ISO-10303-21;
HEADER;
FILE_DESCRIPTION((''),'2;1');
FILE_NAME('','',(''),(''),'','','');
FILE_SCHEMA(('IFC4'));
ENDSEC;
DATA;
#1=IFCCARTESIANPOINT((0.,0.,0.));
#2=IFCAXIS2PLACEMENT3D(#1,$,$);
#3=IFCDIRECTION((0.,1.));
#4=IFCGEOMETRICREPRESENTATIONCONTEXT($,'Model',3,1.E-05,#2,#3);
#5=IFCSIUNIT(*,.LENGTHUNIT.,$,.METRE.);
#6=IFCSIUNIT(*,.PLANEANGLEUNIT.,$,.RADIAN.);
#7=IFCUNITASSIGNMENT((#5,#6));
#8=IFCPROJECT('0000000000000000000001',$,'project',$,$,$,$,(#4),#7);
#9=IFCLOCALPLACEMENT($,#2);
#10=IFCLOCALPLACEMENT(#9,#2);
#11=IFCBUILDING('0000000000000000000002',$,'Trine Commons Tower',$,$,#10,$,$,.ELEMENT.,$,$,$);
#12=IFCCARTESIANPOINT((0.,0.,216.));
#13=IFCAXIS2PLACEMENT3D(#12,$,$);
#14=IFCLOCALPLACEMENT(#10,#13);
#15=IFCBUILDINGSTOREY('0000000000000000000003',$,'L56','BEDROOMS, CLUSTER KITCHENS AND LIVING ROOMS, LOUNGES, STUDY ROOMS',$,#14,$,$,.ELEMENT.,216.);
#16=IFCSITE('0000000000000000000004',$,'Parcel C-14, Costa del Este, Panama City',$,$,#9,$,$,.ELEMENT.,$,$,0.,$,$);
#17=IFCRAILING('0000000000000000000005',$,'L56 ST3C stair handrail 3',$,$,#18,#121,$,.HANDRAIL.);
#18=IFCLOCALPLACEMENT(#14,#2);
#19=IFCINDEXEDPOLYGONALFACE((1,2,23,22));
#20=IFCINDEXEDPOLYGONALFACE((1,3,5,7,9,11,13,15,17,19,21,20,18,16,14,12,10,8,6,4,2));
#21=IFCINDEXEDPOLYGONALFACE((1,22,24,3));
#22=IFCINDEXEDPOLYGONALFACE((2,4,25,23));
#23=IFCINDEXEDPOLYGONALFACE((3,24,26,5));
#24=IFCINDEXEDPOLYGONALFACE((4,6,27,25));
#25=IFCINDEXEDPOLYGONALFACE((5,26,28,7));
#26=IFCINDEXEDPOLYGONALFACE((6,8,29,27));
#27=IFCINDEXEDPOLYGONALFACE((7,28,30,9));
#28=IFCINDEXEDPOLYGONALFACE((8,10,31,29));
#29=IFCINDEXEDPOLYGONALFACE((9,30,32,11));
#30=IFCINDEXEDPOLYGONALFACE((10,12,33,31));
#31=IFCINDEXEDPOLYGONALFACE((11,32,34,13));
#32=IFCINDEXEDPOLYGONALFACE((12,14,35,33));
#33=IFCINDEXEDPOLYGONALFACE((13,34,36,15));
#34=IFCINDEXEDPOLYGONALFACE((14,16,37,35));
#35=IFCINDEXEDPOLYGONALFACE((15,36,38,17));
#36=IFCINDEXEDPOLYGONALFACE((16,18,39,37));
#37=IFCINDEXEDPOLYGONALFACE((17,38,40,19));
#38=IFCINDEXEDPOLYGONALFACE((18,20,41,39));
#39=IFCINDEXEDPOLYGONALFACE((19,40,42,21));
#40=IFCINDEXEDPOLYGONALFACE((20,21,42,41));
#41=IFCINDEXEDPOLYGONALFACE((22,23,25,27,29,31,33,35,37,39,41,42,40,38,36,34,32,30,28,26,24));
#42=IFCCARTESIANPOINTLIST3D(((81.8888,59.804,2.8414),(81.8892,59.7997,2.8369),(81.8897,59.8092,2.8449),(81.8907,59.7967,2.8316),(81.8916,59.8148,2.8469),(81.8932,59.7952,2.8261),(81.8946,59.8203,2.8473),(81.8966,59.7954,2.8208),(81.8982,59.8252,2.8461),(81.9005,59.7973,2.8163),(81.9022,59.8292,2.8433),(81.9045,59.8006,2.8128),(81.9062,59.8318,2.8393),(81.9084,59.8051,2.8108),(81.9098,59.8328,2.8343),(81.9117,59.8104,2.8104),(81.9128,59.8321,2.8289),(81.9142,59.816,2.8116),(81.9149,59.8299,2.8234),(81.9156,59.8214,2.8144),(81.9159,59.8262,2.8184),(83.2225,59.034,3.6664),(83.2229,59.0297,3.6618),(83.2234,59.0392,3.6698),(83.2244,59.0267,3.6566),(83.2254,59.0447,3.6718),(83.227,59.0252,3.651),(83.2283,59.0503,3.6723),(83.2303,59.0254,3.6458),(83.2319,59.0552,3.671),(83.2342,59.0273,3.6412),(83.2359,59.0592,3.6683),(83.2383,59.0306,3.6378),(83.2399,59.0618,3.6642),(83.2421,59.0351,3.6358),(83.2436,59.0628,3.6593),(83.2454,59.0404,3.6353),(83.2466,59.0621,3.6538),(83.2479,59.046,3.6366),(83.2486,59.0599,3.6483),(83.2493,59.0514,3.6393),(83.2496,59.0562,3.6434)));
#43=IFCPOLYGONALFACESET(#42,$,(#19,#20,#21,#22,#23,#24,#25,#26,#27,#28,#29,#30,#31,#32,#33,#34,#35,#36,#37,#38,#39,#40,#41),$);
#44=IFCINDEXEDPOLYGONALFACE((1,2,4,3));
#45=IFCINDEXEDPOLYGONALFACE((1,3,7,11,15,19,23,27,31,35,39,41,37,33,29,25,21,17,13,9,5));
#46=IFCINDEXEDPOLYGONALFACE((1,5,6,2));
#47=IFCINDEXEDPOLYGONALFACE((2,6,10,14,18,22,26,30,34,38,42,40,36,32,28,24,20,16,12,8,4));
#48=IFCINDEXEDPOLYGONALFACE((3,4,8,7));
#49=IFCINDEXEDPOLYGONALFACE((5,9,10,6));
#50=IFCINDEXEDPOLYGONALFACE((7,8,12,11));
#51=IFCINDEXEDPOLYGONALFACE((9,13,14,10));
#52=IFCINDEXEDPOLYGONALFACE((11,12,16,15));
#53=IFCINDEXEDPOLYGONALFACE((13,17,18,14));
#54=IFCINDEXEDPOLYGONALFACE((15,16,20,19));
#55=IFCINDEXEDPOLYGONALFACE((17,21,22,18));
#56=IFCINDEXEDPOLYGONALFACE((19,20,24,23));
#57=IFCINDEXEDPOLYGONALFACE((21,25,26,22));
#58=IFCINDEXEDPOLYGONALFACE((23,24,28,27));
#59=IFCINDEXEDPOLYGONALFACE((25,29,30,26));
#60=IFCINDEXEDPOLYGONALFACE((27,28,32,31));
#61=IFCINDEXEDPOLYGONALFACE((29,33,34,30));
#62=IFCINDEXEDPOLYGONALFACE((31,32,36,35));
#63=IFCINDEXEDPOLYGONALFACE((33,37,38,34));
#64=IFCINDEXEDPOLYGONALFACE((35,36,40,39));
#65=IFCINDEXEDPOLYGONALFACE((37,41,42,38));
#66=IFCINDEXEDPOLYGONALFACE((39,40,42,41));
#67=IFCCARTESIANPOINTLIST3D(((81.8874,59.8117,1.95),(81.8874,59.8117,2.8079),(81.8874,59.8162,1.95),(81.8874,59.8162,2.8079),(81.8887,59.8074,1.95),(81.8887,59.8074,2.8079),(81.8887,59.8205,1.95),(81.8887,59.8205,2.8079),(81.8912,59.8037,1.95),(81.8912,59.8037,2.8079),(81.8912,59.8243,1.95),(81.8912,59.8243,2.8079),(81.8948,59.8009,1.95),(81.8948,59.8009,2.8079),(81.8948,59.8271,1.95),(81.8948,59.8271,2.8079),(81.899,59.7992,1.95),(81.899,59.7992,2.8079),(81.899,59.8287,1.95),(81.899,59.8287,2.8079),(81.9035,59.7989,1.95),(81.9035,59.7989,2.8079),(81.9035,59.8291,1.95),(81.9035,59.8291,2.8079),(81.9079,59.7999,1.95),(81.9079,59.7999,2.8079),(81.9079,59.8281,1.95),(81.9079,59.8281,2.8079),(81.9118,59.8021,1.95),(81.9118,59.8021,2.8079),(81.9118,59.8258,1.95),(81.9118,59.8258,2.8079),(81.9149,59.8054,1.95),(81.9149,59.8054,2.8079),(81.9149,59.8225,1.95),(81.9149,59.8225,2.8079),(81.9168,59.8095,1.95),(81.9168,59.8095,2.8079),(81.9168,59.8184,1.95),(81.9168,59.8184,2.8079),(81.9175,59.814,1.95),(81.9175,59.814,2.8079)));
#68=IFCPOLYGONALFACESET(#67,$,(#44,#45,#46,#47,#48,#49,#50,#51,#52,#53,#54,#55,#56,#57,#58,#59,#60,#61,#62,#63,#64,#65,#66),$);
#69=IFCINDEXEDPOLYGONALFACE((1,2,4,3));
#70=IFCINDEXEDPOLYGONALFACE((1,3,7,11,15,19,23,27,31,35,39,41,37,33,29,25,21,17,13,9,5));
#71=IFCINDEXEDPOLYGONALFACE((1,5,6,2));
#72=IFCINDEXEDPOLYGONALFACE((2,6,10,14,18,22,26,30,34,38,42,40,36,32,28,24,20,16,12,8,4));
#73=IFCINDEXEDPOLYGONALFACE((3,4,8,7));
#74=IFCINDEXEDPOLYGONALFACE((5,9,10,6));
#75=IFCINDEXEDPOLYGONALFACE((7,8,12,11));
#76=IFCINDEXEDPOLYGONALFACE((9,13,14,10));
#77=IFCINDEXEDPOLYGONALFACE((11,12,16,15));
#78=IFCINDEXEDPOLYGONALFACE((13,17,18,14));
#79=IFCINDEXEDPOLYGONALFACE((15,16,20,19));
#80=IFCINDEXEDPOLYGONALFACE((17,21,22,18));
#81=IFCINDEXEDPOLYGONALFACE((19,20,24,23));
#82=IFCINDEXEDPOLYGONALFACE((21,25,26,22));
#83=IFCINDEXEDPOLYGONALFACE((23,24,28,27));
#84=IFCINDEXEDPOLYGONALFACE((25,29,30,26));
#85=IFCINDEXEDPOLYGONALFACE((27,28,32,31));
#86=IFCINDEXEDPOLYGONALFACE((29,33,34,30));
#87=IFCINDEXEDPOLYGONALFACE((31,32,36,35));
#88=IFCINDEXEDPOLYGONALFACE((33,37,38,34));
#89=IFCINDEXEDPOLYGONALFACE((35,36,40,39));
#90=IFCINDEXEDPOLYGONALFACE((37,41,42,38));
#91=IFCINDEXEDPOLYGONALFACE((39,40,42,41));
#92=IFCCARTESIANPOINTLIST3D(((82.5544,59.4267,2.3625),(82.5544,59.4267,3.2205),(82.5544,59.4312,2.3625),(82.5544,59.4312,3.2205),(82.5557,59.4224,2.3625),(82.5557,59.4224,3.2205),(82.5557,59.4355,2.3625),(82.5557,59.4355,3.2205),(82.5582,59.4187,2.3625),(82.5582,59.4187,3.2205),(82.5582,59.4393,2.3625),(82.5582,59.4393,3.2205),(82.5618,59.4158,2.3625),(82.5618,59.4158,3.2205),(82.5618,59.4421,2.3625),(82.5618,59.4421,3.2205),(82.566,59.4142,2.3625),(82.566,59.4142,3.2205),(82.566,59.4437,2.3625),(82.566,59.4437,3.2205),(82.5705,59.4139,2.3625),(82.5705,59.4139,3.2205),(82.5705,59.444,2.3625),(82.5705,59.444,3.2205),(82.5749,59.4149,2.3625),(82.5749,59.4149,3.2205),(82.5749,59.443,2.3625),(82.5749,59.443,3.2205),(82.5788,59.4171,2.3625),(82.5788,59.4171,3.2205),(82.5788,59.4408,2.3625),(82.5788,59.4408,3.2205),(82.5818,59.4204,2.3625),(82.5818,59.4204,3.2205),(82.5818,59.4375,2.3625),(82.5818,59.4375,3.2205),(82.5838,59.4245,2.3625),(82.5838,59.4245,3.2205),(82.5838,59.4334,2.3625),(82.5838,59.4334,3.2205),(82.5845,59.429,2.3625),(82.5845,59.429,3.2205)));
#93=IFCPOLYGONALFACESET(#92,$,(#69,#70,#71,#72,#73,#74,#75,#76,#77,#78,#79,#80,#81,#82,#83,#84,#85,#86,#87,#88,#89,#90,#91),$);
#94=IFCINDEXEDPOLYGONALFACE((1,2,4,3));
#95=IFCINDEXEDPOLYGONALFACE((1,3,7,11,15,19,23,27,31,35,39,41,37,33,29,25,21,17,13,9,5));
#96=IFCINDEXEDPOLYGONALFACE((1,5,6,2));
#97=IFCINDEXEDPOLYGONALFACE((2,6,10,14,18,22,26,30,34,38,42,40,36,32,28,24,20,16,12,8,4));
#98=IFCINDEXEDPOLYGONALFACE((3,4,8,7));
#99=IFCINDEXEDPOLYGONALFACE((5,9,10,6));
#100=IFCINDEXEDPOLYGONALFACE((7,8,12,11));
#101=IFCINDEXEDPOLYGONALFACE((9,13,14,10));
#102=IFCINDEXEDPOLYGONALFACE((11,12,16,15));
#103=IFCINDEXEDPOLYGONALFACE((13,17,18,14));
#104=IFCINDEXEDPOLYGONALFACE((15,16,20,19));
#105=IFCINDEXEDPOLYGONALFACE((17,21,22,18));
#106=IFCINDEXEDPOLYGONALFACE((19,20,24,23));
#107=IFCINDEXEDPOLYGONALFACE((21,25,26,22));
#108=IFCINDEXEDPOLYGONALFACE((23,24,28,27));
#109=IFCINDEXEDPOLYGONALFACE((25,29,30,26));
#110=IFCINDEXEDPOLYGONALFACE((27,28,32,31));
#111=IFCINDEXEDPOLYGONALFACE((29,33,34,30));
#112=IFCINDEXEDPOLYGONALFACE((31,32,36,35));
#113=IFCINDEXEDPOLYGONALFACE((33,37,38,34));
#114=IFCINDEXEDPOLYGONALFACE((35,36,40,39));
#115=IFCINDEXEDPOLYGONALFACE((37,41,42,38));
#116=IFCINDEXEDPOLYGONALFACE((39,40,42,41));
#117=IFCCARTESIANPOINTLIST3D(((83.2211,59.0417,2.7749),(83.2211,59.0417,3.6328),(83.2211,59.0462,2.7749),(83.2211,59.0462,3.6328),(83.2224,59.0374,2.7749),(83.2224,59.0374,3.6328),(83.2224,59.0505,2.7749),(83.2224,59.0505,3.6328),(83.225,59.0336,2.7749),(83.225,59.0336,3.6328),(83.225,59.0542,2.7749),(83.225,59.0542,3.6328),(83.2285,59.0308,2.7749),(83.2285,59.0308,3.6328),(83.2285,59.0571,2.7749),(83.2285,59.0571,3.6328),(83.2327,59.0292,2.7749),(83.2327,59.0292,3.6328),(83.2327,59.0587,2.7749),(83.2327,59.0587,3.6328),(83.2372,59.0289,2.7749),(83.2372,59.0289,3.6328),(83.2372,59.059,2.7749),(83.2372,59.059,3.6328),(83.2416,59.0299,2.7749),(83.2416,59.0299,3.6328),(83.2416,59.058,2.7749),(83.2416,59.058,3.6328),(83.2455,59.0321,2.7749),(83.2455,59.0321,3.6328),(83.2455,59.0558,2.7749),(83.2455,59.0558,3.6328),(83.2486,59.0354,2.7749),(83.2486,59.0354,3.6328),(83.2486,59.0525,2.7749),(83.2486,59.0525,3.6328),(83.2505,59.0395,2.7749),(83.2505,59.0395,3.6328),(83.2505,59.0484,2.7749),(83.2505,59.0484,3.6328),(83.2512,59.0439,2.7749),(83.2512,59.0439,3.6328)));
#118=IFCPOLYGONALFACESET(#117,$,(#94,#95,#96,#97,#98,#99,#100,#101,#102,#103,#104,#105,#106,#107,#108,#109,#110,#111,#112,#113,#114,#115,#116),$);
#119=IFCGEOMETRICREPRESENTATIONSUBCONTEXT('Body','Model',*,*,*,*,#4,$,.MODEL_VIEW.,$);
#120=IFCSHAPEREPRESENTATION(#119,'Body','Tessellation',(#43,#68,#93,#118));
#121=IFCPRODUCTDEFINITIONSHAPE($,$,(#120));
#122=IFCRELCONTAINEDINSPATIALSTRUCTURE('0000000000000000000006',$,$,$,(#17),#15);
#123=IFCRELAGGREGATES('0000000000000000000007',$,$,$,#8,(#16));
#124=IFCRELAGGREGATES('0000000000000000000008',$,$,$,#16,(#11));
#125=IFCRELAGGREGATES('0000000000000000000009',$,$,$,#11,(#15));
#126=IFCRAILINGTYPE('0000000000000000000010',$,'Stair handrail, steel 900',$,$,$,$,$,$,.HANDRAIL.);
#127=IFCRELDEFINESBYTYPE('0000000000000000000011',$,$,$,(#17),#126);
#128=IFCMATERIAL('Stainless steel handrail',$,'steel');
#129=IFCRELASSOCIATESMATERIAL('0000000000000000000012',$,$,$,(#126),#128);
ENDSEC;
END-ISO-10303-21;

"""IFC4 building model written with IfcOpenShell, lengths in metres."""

from ifc_helpers import new_model, si_unit, direction, frame, origin, origin_2d, place, context, subcontext, project, spatial, circle, extrude, material, type_object, element, save


model = new_model("IFC4")

# Units and contexts
model_context = context("Model", 3, precision=1e-05, world=origin(), true_north=direction((0.0, 1.0)))
body_context = subcontext(model_context, "Body", "Model", "MODEL_VIEW")
ifc_project = project(units=[si_unit("LENGTHUNIT", "METRE"), si_unit("PLANEANGLEUNIT", "RADIAN")], contexts=[model_context])

# Site, building, storey
site_placement = place(None, origin())
site = spatial("IfcSite", under=ifc_project, at=site_placement, Name="Parcel C-14, Costa del Este, Panama City", CompositionType="ELEMENT", RefElevation=0.0)
building_placement = place(site_placement, origin())
building = spatial("IfcBuilding", under=site, at=building_placement, Name="Trine Commons Tower", CompositionType="ELEMENT")
storey_placement = place(building_placement, frame((0.0, 0.0, 216.0)))
storey = spatial("IfcBuildingStorey", under=building, at=storey_placement, Name="L56", Description="BEDROOMS, CLUSTER KITCHENS AND LIVING ROOMS, LOUNGES, STUDY ROOMS", CompositionType="ELEMENT", Elevation=216.0)

# Railing
ifc_material_1 = material(Name="Stainless steel handrail", Category="steel")
railing_type_1 = type_object("IfcRailingType", Name="Stair handrail, steel 900", PredefinedType="HANDRAIL", material=ifc_material_1)
railing_1_placement = place(storey_placement, frame((81.9023, 59.814, 1.95)))
element("IfcRailing", 1, at=railing_1_placement, inside=storey, type_object=railing_type_1, Name="L56 ST3C stair handrail 3", PredefinedType="HANDRAIL", context=body_context, shape_type="SweptSolid", body=[
    extrude(circle(Radius=0.021, at=origin_2d()), frame((0.0, 0.0, 0.8789), z_axis=(0.763405, -0.440743, 0.472185), x_axis=(0.499992, 0.86603, 0.0)), (0.0, 0.0, 1.0), 1.7471),
    extrude(circle(Radius=0.0151, at=origin_2d()), origin(), (0.0, 0.0, 1.0), 0.8579),
    extrude(circle(Radius=0.0151, at=origin_2d()), frame((0.667, -0.385, 0.4126)), (0.0, 0.0, 1.0), 0.8579),
    extrude(circle(Radius=0.0151, at=origin_2d()), frame((1.3337, -0.77, 0.825)), (0.0, 0.0, 1.0), 0.8579),
])

save(model, "model.ifc")
